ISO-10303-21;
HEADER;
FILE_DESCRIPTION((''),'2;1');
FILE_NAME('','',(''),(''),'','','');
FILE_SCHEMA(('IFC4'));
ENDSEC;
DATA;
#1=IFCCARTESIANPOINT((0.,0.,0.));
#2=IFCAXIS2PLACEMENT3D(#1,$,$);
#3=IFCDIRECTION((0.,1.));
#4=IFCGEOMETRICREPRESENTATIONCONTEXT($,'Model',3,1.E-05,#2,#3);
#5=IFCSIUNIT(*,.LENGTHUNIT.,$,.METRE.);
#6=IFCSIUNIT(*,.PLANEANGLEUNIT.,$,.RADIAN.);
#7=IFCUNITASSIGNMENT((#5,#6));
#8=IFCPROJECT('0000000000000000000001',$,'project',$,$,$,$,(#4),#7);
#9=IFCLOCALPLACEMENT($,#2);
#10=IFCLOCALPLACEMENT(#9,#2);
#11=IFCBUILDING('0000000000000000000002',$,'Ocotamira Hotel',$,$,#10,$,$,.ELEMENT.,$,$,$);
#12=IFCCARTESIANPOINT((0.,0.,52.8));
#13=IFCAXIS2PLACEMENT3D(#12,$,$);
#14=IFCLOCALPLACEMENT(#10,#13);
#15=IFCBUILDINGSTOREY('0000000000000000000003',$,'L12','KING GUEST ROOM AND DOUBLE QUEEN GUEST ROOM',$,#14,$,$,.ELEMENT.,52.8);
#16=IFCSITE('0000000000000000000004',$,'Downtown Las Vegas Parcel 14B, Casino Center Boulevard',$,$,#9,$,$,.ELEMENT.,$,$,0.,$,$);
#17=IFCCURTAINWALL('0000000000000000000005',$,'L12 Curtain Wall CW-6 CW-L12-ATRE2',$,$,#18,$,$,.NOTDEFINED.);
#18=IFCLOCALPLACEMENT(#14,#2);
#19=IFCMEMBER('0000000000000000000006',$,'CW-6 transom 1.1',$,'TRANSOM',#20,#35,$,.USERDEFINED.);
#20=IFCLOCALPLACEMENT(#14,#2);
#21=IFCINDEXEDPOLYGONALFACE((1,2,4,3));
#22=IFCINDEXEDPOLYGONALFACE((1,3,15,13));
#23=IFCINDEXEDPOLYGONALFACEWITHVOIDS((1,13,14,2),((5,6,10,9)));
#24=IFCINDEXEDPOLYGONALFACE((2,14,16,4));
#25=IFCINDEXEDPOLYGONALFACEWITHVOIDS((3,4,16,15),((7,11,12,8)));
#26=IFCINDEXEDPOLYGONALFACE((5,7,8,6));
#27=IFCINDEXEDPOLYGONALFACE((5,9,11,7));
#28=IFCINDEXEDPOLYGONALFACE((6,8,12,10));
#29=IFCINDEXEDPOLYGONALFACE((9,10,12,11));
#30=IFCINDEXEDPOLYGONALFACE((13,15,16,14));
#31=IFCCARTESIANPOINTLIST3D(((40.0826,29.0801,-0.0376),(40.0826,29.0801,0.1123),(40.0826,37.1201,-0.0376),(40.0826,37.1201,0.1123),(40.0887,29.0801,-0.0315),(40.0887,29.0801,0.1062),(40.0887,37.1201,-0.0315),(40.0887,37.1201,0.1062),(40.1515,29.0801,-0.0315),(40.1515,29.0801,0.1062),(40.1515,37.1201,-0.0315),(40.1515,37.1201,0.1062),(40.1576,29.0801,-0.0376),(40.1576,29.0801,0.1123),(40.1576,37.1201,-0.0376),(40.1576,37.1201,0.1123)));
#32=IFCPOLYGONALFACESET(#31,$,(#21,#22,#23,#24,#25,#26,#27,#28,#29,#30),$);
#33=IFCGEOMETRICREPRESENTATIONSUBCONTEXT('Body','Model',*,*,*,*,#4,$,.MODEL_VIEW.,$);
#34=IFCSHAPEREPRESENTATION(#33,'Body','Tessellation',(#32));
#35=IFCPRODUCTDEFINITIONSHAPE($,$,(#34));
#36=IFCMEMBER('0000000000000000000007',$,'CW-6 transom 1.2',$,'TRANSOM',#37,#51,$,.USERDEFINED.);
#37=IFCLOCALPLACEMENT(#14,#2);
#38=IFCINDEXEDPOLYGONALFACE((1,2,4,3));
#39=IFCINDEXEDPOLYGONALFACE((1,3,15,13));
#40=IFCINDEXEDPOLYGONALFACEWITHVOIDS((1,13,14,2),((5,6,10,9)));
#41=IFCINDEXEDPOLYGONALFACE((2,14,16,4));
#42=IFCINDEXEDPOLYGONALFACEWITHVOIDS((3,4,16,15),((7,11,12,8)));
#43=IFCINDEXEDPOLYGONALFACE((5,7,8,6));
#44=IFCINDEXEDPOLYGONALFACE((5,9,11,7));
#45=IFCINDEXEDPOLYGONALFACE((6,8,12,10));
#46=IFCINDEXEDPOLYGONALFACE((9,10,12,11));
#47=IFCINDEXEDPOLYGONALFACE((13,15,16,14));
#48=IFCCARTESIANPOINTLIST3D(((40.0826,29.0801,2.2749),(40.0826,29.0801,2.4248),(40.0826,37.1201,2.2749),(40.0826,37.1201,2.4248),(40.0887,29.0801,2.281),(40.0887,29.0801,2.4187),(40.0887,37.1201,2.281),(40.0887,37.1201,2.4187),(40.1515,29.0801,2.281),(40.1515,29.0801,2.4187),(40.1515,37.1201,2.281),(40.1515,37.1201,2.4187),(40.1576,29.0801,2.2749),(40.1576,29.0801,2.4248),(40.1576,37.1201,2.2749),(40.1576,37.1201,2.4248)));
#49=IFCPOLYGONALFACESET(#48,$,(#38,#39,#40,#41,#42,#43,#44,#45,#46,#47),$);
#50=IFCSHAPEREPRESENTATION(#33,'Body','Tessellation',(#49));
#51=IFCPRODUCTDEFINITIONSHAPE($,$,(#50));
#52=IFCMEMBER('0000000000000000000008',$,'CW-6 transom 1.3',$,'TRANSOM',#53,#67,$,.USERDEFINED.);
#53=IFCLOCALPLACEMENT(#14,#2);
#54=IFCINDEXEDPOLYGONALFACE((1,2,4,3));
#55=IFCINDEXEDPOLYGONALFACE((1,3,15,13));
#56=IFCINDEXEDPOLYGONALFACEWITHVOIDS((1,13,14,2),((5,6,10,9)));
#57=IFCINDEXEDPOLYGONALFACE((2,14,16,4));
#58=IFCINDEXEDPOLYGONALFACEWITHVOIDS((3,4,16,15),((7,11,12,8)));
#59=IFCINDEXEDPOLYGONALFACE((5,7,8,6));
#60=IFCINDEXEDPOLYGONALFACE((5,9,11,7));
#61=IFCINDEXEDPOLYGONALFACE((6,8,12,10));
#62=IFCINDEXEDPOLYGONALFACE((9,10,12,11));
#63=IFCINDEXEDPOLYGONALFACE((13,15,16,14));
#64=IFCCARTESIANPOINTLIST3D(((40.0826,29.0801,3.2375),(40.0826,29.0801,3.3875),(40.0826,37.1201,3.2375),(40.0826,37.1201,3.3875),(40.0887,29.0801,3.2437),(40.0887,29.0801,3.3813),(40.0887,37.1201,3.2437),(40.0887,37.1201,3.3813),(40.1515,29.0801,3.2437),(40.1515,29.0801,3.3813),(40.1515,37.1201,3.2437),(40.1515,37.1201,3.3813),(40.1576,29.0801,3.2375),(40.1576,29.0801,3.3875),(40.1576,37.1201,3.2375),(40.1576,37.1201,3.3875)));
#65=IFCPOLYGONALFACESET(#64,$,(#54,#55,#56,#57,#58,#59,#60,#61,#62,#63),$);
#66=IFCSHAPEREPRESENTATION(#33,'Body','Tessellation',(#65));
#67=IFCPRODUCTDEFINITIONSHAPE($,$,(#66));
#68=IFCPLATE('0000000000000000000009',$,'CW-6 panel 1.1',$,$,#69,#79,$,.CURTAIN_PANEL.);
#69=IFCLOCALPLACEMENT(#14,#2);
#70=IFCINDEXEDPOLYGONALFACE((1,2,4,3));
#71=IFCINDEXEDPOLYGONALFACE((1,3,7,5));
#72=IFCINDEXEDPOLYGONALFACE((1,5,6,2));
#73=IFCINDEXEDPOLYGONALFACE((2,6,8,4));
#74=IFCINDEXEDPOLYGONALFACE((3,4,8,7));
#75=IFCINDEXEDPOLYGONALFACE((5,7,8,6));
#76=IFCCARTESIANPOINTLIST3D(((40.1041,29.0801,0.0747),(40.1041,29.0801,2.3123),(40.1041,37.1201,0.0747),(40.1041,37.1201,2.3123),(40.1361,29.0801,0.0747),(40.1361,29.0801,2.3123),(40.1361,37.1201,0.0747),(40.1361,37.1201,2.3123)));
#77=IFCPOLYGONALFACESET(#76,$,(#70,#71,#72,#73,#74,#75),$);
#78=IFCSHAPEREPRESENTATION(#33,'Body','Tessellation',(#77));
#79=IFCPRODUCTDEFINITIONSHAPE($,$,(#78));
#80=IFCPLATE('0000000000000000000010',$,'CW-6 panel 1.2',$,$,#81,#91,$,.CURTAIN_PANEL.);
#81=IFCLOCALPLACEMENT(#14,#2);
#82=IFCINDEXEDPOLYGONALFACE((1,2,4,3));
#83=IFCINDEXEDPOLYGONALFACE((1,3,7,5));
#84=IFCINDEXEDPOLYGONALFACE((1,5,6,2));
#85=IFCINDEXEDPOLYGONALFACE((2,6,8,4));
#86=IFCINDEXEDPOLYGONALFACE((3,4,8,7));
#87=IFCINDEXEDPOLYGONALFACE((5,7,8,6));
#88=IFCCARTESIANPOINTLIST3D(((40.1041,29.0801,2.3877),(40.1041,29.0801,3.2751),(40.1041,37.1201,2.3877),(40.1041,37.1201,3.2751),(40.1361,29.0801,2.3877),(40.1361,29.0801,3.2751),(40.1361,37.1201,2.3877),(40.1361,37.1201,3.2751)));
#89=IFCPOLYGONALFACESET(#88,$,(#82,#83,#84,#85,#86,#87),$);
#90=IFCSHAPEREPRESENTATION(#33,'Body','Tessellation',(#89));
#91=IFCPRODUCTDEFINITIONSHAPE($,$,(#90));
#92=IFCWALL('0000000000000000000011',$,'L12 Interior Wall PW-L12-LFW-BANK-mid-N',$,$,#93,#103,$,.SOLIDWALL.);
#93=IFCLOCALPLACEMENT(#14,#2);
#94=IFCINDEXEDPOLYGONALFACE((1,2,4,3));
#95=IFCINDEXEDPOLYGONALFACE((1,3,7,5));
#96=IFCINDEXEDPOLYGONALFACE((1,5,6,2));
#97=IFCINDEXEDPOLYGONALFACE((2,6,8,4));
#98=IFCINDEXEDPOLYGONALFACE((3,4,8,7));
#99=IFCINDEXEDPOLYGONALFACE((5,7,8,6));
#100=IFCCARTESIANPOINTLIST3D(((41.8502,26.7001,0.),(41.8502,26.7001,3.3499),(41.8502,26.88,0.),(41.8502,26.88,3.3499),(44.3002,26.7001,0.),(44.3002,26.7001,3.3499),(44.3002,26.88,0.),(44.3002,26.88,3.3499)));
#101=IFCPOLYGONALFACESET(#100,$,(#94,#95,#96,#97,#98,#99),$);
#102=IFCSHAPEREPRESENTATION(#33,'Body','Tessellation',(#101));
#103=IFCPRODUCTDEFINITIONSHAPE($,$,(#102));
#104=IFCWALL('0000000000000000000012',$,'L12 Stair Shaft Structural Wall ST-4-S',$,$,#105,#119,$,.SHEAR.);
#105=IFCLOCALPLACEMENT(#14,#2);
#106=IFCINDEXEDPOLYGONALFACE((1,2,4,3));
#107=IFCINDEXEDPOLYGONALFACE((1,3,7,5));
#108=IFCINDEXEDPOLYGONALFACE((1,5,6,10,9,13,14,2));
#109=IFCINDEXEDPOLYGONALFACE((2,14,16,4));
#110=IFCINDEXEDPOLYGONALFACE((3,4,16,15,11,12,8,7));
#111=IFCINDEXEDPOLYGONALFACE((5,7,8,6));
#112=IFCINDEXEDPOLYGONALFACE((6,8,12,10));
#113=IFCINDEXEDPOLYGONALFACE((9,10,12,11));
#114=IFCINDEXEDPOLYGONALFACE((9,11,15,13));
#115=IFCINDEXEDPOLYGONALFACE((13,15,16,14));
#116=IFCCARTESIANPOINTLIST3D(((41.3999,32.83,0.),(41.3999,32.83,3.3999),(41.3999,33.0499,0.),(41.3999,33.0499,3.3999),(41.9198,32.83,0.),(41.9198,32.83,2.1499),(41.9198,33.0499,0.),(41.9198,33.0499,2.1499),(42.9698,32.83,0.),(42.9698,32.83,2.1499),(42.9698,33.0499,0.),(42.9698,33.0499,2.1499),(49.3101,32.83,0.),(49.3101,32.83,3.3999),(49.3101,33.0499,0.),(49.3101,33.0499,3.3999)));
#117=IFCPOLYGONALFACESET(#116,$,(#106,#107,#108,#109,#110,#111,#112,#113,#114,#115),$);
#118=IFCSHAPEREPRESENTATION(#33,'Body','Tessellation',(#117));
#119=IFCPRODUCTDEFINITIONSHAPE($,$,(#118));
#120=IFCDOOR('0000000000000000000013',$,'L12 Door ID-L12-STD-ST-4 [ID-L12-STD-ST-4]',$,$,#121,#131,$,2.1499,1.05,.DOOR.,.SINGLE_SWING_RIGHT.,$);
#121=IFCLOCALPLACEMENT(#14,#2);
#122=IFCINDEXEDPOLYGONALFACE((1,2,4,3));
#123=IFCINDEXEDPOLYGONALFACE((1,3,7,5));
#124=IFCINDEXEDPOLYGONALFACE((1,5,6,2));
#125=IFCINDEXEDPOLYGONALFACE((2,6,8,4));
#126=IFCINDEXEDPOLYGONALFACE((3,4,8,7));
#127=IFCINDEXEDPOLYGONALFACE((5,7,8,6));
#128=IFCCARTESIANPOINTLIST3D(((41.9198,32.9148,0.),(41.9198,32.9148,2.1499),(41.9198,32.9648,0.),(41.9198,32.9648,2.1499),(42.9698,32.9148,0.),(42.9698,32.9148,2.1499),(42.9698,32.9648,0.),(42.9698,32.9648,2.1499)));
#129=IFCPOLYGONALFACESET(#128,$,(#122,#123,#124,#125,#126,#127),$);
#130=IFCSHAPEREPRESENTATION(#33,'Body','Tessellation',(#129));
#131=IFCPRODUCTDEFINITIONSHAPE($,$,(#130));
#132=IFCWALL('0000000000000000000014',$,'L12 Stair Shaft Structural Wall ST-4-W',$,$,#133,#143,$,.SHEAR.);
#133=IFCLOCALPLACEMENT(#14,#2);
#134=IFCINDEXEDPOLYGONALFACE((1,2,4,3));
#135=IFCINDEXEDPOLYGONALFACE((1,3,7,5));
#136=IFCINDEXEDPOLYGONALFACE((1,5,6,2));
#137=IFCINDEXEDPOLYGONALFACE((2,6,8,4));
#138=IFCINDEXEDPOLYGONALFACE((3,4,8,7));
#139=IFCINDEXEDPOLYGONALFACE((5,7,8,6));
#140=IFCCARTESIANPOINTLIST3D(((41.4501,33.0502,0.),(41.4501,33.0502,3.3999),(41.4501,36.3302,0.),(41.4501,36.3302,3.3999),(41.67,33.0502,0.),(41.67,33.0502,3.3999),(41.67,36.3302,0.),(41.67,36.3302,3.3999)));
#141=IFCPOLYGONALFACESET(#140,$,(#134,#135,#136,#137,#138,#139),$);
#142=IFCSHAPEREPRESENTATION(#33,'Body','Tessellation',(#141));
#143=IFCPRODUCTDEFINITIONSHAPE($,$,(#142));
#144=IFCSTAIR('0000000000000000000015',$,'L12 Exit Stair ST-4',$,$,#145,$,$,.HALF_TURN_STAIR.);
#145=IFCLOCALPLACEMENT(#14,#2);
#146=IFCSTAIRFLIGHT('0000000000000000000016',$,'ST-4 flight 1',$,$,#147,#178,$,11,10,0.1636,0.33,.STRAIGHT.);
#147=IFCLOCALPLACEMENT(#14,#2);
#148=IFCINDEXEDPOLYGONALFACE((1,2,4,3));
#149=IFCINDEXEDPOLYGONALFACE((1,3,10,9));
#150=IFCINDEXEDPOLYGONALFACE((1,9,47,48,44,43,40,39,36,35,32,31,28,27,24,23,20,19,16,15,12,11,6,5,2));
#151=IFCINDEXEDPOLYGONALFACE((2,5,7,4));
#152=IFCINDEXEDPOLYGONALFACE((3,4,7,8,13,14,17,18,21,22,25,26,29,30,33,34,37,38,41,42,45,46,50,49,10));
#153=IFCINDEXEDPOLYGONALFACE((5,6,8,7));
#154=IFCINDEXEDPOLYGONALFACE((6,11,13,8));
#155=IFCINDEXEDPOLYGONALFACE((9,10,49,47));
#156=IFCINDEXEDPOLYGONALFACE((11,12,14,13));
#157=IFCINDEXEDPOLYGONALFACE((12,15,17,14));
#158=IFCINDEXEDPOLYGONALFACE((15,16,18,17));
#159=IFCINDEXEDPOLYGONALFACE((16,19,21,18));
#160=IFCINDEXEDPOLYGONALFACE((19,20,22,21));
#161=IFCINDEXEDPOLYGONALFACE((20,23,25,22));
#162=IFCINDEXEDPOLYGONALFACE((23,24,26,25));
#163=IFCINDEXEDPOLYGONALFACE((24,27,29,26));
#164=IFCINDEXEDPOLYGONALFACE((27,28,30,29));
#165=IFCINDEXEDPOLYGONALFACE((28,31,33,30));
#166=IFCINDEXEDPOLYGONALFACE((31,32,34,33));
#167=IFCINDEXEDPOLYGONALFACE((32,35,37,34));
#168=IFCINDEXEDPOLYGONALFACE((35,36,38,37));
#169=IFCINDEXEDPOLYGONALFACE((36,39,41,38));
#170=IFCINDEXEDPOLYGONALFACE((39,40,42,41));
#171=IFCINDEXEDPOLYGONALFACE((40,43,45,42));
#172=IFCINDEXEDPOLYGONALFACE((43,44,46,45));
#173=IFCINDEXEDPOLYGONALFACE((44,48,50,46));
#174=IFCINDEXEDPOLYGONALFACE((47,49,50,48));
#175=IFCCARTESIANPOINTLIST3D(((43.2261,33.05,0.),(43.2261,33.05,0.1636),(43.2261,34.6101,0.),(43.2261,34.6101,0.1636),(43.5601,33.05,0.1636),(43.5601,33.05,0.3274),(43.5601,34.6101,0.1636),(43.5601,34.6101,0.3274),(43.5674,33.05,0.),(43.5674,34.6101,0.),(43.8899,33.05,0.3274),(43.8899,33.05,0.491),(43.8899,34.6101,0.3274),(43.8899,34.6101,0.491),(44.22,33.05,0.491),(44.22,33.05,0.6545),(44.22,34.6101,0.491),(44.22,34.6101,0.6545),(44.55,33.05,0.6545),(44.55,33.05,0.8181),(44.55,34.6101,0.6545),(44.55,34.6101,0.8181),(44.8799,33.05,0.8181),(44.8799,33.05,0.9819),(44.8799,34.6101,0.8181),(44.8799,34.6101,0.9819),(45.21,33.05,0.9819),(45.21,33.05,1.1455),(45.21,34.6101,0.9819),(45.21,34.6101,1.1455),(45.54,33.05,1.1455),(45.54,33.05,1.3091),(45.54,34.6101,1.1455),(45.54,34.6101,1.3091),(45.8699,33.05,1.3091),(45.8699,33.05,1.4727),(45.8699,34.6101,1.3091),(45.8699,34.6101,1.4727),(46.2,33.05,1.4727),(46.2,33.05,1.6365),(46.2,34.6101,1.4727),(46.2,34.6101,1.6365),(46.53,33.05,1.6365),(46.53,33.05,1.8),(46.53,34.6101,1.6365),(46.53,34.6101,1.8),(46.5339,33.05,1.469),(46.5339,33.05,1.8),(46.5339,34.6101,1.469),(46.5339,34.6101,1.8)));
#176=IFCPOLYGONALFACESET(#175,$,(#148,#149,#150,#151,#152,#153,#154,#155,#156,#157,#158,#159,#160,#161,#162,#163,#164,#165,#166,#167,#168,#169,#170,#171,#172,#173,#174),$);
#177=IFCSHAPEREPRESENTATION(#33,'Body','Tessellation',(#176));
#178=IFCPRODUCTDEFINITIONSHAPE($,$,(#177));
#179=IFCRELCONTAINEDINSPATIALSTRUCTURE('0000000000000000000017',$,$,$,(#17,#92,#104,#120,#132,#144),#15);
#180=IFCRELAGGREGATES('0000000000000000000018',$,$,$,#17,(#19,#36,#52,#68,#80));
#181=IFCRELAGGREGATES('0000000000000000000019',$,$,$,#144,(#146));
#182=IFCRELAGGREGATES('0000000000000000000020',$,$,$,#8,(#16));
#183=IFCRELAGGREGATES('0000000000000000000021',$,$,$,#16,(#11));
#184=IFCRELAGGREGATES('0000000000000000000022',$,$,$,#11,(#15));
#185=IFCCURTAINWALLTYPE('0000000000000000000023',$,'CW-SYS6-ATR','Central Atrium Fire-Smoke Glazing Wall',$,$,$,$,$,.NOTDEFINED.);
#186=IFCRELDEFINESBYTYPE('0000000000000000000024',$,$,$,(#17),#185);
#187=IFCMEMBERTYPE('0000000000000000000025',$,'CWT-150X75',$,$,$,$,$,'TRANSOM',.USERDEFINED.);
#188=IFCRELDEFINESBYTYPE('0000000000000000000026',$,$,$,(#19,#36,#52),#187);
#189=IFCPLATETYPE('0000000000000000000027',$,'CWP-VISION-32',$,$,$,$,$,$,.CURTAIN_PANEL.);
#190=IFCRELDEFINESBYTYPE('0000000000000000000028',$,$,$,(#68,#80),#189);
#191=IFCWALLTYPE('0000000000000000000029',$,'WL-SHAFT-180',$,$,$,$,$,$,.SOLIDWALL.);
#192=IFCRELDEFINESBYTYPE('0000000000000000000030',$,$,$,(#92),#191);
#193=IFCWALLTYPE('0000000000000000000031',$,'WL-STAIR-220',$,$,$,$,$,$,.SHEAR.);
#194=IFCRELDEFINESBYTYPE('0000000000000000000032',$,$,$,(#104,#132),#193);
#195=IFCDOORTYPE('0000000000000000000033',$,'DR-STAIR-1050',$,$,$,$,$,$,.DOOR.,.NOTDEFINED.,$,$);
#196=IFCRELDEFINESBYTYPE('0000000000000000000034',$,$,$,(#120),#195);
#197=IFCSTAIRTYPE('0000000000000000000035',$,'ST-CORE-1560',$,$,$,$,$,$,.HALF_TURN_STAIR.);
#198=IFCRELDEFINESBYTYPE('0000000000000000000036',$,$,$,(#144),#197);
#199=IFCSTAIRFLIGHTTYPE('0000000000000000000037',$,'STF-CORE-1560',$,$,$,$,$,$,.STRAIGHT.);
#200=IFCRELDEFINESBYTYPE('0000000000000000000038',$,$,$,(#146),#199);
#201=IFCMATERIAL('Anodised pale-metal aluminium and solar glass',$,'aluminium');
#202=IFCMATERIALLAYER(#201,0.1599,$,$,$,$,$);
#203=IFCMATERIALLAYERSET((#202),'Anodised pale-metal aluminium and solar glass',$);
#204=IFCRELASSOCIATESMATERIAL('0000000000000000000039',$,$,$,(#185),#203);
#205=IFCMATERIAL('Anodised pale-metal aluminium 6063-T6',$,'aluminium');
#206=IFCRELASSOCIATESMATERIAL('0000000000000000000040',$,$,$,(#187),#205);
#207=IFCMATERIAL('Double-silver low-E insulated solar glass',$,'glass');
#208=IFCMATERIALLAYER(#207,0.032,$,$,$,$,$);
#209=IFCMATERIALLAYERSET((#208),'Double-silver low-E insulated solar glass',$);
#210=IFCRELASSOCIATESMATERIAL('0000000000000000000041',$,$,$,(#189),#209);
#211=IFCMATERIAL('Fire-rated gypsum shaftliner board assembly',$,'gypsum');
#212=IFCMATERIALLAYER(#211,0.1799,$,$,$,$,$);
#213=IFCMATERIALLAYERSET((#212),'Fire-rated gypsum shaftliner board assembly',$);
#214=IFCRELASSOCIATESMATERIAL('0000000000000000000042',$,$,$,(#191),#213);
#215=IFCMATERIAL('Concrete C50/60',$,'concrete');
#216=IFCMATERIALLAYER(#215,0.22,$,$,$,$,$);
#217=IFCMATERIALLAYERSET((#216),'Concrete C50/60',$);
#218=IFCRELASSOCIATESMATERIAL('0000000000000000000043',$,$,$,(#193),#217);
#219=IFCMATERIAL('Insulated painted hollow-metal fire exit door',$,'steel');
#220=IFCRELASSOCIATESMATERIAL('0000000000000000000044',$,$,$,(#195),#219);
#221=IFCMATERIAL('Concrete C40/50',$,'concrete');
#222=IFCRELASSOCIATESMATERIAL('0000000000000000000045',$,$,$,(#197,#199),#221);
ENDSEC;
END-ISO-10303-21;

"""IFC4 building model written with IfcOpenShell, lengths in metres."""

from ifc_helpers import new_model, si_unit, direction, frame, frame_2d, origin, origin_2d, place, context, subcontext, project, spatial, polyline, rectangle, hollow_rectangle, outline, extrude, source, transform, mapped, material, layer, layer_set, material_profile, profile_set, type_object, element, fill, aggregate, save


model = new_model("IFC4")

# Units and contexts
model_context = context("Model", 3, precision=1e-05, world=origin(), true_north=direction((0.0, 1.0)))
body_context = subcontext(model_context, "Body", "Model", "MODEL_VIEW")
ifc_project = project(units=[si_unit("LENGTHUNIT", "METRE"), si_unit("PLANEANGLEUNIT", "RADIAN")], contexts=[model_context])

# Site, building, storey
site_placement = place(None, origin())
site = spatial("IfcSite", under=ifc_project, at=site_placement, Name="Downtown Las Vegas Parcel 14B, Casino Center Boulevard", CompositionType="ELEMENT", RefElevation=0.0)
building_placement = place(site_placement, origin())
building = spatial("IfcBuilding", under=site, at=building_placement, Name="Ocotamira Hotel", CompositionType="ELEMENT")
storey_placement = place(building_placement, frame((0.0, 0.0, 52.8)))
storey = spatial("IfcBuildingStorey", under=building, at=storey_placement, Name="L12", Description="KING GUEST ROOM AND DOUBLE QUEEN GUEST ROOM", CompositionType="ELEMENT", Elevation=52.8)

# Shared definitions
ifc_material_1 = material(Name="Anodised pale-metal aluminium and solar glass", Category="aluminium")
ifc_layer_1 = layer(ifc_material_1, 0.1599)
ifc_layer_set_1 = layer_set([ifc_layer_1], Name="Anodised pale-metal aluminium and solar glass")
curtain_wall_type = type_object("IfcCurtainWallType", Name="CW-SYS6-ATR", Description="Central Atrium Fire-Smoke Glazing Wall", PredefinedType="NOTDEFINED", material=ifc_layer_set_1)
ifc_material_2 = material(Name="Anodised pale-metal aluminium 6063-T6", Category="aluminium")

# Curtain wall, members, plates
curtain_wall_1_placement = place(storey_placement, origin())
curtain_wall_1 = element("IfcCurtainWall", 1, at=curtain_wall_1_placement, inside=storey, type_object=curtain_wall_type, Name="L12 Curtain Wall CW-6 CW-L12-ATRE2", PredefinedType="NOTDEFINED")
ifc_material_profile_1 = material_profile(ifc_material_2, hollow_rectangle(XDim=0.075, YDim=0.1499, WallThickness=0.0061, at=origin_2d()), Name="HSS150X75X6")
ifc_profile_set_1 = profile_set([ifc_material_profile_1], Name="Anodised pale-metal aluminium 6063-T6")
member_type_1 = type_object("IfcMemberType", Name="CWT-150X75", ElementType="TRANSOM", PredefinedType="USERDEFINED", material=ifc_profile_set_1)
shared_shape_1 = source(origin(), body_context, "Body", "SweptSolid", [
    extrude(hollow_rectangle(XDim=0.075, YDim=0.1499, WallThickness=0.0061, at=origin_2d()), origin(), (0.0, 0.0, 1.0), 8.04),
])
member_1_placement = place(storey_placement, frame((40.1201, 29.0801, 0.0374), z_axis=(0.0, 1.0, 0.0), x_axis=(-1.0, 0.0, 0.0)))
member_1 = element("IfcMember", 2, at=member_1_placement, type_object=member_type_1, Name="CW-6 transom 1.1", ObjectType="TRANSOM", PredefinedType="USERDEFINED", context=body_context, shape_type="MappedRepresentation", body=[
    mapped(shared_shape_1, transform((0.0, 0.0, 0.0), scale=1.0)),
])
member_2_placement = place(storey_placement, frame((40.1201, 29.0801, 2.3499), z_axis=(0.0, 1.0, 0.0), x_axis=(-1.0, 0.0, 0.0)))
member_2 = element("IfcMember", 3, at=member_2_placement, type_object=member_type_1, Name="CW-6 transom 1.2", ObjectType="TRANSOM", PredefinedType="USERDEFINED", context=body_context, shape_type="MappedRepresentation", body=[
    mapped(shared_shape_1, transform((0.0, 0.0, 0.0), scale=1.0)),
])
member_3_placement = place(storey_placement, frame((40.1201, 29.0801, 3.3125), z_axis=(0.0, 1.0, 0.0), x_axis=(-1.0, 0.0, 0.0)))
member_3 = element("IfcMember", 4, at=member_3_placement, type_object=member_type_1, Name="CW-6 transom 1.3", ObjectType="TRANSOM", PredefinedType="USERDEFINED", context=body_context, shape_type="MappedRepresentation", body=[
    mapped(shared_shape_1, transform((0.0, 0.0, 0.0), scale=1.0)),
])
ifc_material_3 = material(Name="Double-silver low-E insulated solar glass", Category="glass")
ifc_layer_2 = layer(ifc_material_3, 0.032)
ifc_layer_set_2 = layer_set([ifc_layer_2], Name="Double-silver low-E insulated solar glass")
plate_type = type_object("IfcPlateType", Name="CWP-VISION-32", PredefinedType="CURTAIN_PANEL", material=ifc_layer_set_2)
shared_shape_2 = source(origin(), body_context, "Body", "SweptSolid", [
    extrude(rectangle(XDim=8.04, YDim=0.032, at=origin_2d()), origin(), (0.0, 0.0, 1.0), 2.2375),
])
plate_1_placement = place(storey_placement, frame((40.1201, 33.1001, 0.0747), z_axis=(0.0, 0.0, 1.0), x_axis=(0.0, 1.0, 0.0)))
plate_1 = element("IfcPlate", 5, at=plate_1_placement, type_object=plate_type, Name="CW-6 panel 1.1", PredefinedType="CURTAIN_PANEL", context=body_context, shape_type="MappedRepresentation", body=[
    mapped(shared_shape_2, transform((0.0, 0.0, 0.0), scale=1.0)),
])
shared_shape_3 = source(origin(), body_context, "Body", "SweptSolid", [
    extrude(rectangle(XDim=8.04, YDim=0.032, at=origin_2d()), origin(), (0.0, 0.0, 1.0), 0.8875),
])
plate_2_placement = place(storey_placement, frame((40.1201, 33.1001, 2.3877), z_axis=(0.0, 0.0, 1.0), x_axis=(0.0, 1.0, 0.0)))
plate_2 = element("IfcPlate", 6, at=plate_2_placement, type_object=plate_type, Name="CW-6 panel 1.2", PredefinedType="CURTAIN_PANEL", context=body_context, shape_type="MappedRepresentation", body=[
    mapped(shared_shape_3, transform((0.0, 0.0, 0.0), scale=1.0)),
])
aggregate(curtain_wall_1, [member_1, member_2, member_3, plate_1, plate_2])

# Wall
ifc_material_4 = material(Name="Fire-rated gypsum shaftliner board assembly", Category="gypsum")
ifc_layer_3 = layer(ifc_material_4, 0.1799)
ifc_layer_set_3 = layer_set([ifc_layer_3], Name="Fire-rated gypsum shaftliner board assembly")
wall_type_1 = type_object("IfcWallType", Name="WL-SHAFT-180", PredefinedType="SOLIDWALL", material=ifc_layer_set_3)
wall_1_placement = place(storey_placement, frame((41.8501, 26.79, 0.0), z_axis=(0.0, 0.0, 1.0), x_axis=(1.0, 0.0, 0.0)))
element("IfcWall", 7, at=wall_1_placement, inside=storey, type_object=wall_type_1, Name="L12 Interior Wall PW-L12-LFW-BANK-mid-N", PredefinedType="SOLIDWALL", context=body_context, shape_type="SweptSolid", body=[
    extrude(rectangle(XDim=2.45, YDim=0.1799, at=frame_2d((1.2251, 0.0))), origin(), (0.0, 0.0, 1.0), 3.3499),
])

# Wall, opening, door
ifc_material_5 = material(Name="Concrete C50/60", Category="concrete")
ifc_layer_4 = layer(ifc_material_5, 0.22)
ifc_layer_set_4 = layer_set([ifc_layer_4], Name="Concrete C50/60")
wall_type_2 = type_object("IfcWallType", Name="WL-STAIR-220", PredefinedType="SHEAR", material=ifc_layer_set_4)
wall_2_placement = place(storey_placement, frame((41.3999, 32.9399, 0.0), z_axis=(0.0, 0.0, 1.0), x_axis=(1.0, 0.0, 0.0)))
wall_2 = element("IfcWall", 8, at=wall_2_placement, inside=storey, type_object=wall_type_2, Name="L12 Stair Shaft Structural Wall ST-4-S", PredefinedType="SHEAR", context=body_context, shape_type="SweptSolid", body=[
    extrude(rectangle(XDim=7.9102, YDim=0.22, at=frame_2d((3.9551, 0.0))), origin(), (0.0, 0.0, 1.0), 3.3999),
])
opening_placement = place(wall_2_placement, frame((0.52, 0.0, 0.0)))
opening = element("IfcOpeningElement", 9, at=opening_placement, cuts=wall_2, PredefinedType="OPENING", context=body_context, shape_type="SweptSolid", body=[
    extrude(rectangle(XDim=1.05, YDim=2.1499, at=frame_2d((0.5249, 1.075))), frame((0.0, 0.1201, 0.0), z_axis=(0.0, -1.0, 0.0), x_axis=(1.0, 0.0, 0.0)), (0.0, 0.0, 1.0), 0.24),
])
ifc_material_6 = material(Name="Insulated painted hollow-metal fire exit door", Category="steel")
door_type = type_object("IfcDoorType", Name="DR-STAIR-1050", OperationType="NOTDEFINED", PredefinedType="DOOR", material=ifc_material_6)
shared_shape_4 = source(origin(), body_context, "Body", "SweptSolid", [
    extrude(rectangle(XDim=1.05, YDim=2.1499, at=frame_2d((0.5249, 1.075))), frame((0.0, 0.0249, 0.0), z_axis=(0.0, -1.0, 0.0), x_axis=(1.0, 0.0, 0.0)), (0.0, 0.0, 1.0), 0.05),
])
door_placement = place(opening_placement, origin())
door = element("IfcDoor", 10, at=door_placement, inside=storey, type_object=door_type, Name="L12 Door ID-L12-STD-ST-4 [ID-L12-STD-ST-4]", OperationType="SINGLE_SWING_RIGHT", OverallHeight=2.1499, OverallWidth=1.05, PredefinedType="DOOR", context=body_context, shape_type="MappedRepresentation", body=[
    mapped(shared_shape_4, transform((0.0, 0.0, 0.0), scale=1.0)),
])
fill(opening, door)

# Wall
wall_3_placement = place(storey_placement, frame((41.5601, 33.05, 0.0), z_axis=(0.0, 0.0, 1.0), x_axis=(0.0, 1.0, 0.0)))
element("IfcWall", 11, at=wall_3_placement, inside=storey, type_object=wall_type_2, Name="L12 Stair Shaft Structural Wall ST-4-W", PredefinedType="SHEAR", context=body_context, shape_type="SweptSolid", body=[
    extrude(rectangle(XDim=3.28, YDim=0.22, at=frame_2d((1.6401, 0.0))), origin(), (0.0, 0.0, 1.0), 3.3999),
])

# Stair, stair flight
ifc_material_7 = material(Name="Concrete C40/50", Category="concrete")
stair_type = type_object("IfcStairType", Name="ST-CORE-1560", PredefinedType="HALF_TURN_STAIR", material=ifc_material_7)
stair_placement = place(storey_placement, origin())
stair = element("IfcStair", 12, at=stair_placement, inside=storey, type_object=stair_type, Name="L12 Exit Stair ST-4", PredefinedType="HALF_TURN_STAIR")
stair_flight_type = type_object("IfcStairFlightType", Name="STF-CORE-1560", PredefinedType="STRAIGHT", material=ifc_material_7)
shared_shape_5 = source(origin(), body_context, "Body", "SweptSolid", [
    extrude(outline(polyline([(-0.0039, 0.0), (-0.0039, 0.1636), (0.3301, 0.1636), (0.3301, 0.3274), (0.6599, 0.3274), (0.6599, 0.491), (0.99, 0.491), (0.99, 0.6545), (1.3201, 0.6545), (1.3201, 0.8181), (1.6499, 0.8181), (1.6499, 0.9819), (1.98, 0.9819), (1.98, 1.1455), (2.3101, 1.1455), (2.3101, 1.3091), (2.6399, 1.3091), (2.6399, 1.4727), (2.97, 1.4727), (2.97, 1.6365), (3.3, 1.6365), (3.3, 1.8), (3.304, 1.8), (3.304, 1.469), (0.3374, 0.0), (-0.0039, 0.0)])), frame((0.0, 0.78, 0.0), z_axis=(0.0, -1.0, 0.0), x_axis=(1.0, 0.0, 0.0)), (0.0, 0.0, 1.0), 1.5601),
])
stair_flight_placement = place(storey_placement, frame((43.23, 33.8301, 0.0), z_axis=(0.0, 0.0, 1.0), x_axis=(1.0, 0.0, 0.0)))
stair_flight = element("IfcStairFlight", 13, at=stair_flight_placement, type_object=stair_flight_type, Name="ST-4 flight 1", NumberOfRisers=11, NumberOfTreads=10, PredefinedType="STRAIGHT", RiserHeight=0.1636, TreadLength=0.33, context=body_context, shape_type="MappedRepresentation", body=[
    mapped(shared_shape_5, transform((0.0, 0.0, 0.0), scale=1.0)),
])
aggregate(stair, [stair_flight])

save(model, "model.ifc")
